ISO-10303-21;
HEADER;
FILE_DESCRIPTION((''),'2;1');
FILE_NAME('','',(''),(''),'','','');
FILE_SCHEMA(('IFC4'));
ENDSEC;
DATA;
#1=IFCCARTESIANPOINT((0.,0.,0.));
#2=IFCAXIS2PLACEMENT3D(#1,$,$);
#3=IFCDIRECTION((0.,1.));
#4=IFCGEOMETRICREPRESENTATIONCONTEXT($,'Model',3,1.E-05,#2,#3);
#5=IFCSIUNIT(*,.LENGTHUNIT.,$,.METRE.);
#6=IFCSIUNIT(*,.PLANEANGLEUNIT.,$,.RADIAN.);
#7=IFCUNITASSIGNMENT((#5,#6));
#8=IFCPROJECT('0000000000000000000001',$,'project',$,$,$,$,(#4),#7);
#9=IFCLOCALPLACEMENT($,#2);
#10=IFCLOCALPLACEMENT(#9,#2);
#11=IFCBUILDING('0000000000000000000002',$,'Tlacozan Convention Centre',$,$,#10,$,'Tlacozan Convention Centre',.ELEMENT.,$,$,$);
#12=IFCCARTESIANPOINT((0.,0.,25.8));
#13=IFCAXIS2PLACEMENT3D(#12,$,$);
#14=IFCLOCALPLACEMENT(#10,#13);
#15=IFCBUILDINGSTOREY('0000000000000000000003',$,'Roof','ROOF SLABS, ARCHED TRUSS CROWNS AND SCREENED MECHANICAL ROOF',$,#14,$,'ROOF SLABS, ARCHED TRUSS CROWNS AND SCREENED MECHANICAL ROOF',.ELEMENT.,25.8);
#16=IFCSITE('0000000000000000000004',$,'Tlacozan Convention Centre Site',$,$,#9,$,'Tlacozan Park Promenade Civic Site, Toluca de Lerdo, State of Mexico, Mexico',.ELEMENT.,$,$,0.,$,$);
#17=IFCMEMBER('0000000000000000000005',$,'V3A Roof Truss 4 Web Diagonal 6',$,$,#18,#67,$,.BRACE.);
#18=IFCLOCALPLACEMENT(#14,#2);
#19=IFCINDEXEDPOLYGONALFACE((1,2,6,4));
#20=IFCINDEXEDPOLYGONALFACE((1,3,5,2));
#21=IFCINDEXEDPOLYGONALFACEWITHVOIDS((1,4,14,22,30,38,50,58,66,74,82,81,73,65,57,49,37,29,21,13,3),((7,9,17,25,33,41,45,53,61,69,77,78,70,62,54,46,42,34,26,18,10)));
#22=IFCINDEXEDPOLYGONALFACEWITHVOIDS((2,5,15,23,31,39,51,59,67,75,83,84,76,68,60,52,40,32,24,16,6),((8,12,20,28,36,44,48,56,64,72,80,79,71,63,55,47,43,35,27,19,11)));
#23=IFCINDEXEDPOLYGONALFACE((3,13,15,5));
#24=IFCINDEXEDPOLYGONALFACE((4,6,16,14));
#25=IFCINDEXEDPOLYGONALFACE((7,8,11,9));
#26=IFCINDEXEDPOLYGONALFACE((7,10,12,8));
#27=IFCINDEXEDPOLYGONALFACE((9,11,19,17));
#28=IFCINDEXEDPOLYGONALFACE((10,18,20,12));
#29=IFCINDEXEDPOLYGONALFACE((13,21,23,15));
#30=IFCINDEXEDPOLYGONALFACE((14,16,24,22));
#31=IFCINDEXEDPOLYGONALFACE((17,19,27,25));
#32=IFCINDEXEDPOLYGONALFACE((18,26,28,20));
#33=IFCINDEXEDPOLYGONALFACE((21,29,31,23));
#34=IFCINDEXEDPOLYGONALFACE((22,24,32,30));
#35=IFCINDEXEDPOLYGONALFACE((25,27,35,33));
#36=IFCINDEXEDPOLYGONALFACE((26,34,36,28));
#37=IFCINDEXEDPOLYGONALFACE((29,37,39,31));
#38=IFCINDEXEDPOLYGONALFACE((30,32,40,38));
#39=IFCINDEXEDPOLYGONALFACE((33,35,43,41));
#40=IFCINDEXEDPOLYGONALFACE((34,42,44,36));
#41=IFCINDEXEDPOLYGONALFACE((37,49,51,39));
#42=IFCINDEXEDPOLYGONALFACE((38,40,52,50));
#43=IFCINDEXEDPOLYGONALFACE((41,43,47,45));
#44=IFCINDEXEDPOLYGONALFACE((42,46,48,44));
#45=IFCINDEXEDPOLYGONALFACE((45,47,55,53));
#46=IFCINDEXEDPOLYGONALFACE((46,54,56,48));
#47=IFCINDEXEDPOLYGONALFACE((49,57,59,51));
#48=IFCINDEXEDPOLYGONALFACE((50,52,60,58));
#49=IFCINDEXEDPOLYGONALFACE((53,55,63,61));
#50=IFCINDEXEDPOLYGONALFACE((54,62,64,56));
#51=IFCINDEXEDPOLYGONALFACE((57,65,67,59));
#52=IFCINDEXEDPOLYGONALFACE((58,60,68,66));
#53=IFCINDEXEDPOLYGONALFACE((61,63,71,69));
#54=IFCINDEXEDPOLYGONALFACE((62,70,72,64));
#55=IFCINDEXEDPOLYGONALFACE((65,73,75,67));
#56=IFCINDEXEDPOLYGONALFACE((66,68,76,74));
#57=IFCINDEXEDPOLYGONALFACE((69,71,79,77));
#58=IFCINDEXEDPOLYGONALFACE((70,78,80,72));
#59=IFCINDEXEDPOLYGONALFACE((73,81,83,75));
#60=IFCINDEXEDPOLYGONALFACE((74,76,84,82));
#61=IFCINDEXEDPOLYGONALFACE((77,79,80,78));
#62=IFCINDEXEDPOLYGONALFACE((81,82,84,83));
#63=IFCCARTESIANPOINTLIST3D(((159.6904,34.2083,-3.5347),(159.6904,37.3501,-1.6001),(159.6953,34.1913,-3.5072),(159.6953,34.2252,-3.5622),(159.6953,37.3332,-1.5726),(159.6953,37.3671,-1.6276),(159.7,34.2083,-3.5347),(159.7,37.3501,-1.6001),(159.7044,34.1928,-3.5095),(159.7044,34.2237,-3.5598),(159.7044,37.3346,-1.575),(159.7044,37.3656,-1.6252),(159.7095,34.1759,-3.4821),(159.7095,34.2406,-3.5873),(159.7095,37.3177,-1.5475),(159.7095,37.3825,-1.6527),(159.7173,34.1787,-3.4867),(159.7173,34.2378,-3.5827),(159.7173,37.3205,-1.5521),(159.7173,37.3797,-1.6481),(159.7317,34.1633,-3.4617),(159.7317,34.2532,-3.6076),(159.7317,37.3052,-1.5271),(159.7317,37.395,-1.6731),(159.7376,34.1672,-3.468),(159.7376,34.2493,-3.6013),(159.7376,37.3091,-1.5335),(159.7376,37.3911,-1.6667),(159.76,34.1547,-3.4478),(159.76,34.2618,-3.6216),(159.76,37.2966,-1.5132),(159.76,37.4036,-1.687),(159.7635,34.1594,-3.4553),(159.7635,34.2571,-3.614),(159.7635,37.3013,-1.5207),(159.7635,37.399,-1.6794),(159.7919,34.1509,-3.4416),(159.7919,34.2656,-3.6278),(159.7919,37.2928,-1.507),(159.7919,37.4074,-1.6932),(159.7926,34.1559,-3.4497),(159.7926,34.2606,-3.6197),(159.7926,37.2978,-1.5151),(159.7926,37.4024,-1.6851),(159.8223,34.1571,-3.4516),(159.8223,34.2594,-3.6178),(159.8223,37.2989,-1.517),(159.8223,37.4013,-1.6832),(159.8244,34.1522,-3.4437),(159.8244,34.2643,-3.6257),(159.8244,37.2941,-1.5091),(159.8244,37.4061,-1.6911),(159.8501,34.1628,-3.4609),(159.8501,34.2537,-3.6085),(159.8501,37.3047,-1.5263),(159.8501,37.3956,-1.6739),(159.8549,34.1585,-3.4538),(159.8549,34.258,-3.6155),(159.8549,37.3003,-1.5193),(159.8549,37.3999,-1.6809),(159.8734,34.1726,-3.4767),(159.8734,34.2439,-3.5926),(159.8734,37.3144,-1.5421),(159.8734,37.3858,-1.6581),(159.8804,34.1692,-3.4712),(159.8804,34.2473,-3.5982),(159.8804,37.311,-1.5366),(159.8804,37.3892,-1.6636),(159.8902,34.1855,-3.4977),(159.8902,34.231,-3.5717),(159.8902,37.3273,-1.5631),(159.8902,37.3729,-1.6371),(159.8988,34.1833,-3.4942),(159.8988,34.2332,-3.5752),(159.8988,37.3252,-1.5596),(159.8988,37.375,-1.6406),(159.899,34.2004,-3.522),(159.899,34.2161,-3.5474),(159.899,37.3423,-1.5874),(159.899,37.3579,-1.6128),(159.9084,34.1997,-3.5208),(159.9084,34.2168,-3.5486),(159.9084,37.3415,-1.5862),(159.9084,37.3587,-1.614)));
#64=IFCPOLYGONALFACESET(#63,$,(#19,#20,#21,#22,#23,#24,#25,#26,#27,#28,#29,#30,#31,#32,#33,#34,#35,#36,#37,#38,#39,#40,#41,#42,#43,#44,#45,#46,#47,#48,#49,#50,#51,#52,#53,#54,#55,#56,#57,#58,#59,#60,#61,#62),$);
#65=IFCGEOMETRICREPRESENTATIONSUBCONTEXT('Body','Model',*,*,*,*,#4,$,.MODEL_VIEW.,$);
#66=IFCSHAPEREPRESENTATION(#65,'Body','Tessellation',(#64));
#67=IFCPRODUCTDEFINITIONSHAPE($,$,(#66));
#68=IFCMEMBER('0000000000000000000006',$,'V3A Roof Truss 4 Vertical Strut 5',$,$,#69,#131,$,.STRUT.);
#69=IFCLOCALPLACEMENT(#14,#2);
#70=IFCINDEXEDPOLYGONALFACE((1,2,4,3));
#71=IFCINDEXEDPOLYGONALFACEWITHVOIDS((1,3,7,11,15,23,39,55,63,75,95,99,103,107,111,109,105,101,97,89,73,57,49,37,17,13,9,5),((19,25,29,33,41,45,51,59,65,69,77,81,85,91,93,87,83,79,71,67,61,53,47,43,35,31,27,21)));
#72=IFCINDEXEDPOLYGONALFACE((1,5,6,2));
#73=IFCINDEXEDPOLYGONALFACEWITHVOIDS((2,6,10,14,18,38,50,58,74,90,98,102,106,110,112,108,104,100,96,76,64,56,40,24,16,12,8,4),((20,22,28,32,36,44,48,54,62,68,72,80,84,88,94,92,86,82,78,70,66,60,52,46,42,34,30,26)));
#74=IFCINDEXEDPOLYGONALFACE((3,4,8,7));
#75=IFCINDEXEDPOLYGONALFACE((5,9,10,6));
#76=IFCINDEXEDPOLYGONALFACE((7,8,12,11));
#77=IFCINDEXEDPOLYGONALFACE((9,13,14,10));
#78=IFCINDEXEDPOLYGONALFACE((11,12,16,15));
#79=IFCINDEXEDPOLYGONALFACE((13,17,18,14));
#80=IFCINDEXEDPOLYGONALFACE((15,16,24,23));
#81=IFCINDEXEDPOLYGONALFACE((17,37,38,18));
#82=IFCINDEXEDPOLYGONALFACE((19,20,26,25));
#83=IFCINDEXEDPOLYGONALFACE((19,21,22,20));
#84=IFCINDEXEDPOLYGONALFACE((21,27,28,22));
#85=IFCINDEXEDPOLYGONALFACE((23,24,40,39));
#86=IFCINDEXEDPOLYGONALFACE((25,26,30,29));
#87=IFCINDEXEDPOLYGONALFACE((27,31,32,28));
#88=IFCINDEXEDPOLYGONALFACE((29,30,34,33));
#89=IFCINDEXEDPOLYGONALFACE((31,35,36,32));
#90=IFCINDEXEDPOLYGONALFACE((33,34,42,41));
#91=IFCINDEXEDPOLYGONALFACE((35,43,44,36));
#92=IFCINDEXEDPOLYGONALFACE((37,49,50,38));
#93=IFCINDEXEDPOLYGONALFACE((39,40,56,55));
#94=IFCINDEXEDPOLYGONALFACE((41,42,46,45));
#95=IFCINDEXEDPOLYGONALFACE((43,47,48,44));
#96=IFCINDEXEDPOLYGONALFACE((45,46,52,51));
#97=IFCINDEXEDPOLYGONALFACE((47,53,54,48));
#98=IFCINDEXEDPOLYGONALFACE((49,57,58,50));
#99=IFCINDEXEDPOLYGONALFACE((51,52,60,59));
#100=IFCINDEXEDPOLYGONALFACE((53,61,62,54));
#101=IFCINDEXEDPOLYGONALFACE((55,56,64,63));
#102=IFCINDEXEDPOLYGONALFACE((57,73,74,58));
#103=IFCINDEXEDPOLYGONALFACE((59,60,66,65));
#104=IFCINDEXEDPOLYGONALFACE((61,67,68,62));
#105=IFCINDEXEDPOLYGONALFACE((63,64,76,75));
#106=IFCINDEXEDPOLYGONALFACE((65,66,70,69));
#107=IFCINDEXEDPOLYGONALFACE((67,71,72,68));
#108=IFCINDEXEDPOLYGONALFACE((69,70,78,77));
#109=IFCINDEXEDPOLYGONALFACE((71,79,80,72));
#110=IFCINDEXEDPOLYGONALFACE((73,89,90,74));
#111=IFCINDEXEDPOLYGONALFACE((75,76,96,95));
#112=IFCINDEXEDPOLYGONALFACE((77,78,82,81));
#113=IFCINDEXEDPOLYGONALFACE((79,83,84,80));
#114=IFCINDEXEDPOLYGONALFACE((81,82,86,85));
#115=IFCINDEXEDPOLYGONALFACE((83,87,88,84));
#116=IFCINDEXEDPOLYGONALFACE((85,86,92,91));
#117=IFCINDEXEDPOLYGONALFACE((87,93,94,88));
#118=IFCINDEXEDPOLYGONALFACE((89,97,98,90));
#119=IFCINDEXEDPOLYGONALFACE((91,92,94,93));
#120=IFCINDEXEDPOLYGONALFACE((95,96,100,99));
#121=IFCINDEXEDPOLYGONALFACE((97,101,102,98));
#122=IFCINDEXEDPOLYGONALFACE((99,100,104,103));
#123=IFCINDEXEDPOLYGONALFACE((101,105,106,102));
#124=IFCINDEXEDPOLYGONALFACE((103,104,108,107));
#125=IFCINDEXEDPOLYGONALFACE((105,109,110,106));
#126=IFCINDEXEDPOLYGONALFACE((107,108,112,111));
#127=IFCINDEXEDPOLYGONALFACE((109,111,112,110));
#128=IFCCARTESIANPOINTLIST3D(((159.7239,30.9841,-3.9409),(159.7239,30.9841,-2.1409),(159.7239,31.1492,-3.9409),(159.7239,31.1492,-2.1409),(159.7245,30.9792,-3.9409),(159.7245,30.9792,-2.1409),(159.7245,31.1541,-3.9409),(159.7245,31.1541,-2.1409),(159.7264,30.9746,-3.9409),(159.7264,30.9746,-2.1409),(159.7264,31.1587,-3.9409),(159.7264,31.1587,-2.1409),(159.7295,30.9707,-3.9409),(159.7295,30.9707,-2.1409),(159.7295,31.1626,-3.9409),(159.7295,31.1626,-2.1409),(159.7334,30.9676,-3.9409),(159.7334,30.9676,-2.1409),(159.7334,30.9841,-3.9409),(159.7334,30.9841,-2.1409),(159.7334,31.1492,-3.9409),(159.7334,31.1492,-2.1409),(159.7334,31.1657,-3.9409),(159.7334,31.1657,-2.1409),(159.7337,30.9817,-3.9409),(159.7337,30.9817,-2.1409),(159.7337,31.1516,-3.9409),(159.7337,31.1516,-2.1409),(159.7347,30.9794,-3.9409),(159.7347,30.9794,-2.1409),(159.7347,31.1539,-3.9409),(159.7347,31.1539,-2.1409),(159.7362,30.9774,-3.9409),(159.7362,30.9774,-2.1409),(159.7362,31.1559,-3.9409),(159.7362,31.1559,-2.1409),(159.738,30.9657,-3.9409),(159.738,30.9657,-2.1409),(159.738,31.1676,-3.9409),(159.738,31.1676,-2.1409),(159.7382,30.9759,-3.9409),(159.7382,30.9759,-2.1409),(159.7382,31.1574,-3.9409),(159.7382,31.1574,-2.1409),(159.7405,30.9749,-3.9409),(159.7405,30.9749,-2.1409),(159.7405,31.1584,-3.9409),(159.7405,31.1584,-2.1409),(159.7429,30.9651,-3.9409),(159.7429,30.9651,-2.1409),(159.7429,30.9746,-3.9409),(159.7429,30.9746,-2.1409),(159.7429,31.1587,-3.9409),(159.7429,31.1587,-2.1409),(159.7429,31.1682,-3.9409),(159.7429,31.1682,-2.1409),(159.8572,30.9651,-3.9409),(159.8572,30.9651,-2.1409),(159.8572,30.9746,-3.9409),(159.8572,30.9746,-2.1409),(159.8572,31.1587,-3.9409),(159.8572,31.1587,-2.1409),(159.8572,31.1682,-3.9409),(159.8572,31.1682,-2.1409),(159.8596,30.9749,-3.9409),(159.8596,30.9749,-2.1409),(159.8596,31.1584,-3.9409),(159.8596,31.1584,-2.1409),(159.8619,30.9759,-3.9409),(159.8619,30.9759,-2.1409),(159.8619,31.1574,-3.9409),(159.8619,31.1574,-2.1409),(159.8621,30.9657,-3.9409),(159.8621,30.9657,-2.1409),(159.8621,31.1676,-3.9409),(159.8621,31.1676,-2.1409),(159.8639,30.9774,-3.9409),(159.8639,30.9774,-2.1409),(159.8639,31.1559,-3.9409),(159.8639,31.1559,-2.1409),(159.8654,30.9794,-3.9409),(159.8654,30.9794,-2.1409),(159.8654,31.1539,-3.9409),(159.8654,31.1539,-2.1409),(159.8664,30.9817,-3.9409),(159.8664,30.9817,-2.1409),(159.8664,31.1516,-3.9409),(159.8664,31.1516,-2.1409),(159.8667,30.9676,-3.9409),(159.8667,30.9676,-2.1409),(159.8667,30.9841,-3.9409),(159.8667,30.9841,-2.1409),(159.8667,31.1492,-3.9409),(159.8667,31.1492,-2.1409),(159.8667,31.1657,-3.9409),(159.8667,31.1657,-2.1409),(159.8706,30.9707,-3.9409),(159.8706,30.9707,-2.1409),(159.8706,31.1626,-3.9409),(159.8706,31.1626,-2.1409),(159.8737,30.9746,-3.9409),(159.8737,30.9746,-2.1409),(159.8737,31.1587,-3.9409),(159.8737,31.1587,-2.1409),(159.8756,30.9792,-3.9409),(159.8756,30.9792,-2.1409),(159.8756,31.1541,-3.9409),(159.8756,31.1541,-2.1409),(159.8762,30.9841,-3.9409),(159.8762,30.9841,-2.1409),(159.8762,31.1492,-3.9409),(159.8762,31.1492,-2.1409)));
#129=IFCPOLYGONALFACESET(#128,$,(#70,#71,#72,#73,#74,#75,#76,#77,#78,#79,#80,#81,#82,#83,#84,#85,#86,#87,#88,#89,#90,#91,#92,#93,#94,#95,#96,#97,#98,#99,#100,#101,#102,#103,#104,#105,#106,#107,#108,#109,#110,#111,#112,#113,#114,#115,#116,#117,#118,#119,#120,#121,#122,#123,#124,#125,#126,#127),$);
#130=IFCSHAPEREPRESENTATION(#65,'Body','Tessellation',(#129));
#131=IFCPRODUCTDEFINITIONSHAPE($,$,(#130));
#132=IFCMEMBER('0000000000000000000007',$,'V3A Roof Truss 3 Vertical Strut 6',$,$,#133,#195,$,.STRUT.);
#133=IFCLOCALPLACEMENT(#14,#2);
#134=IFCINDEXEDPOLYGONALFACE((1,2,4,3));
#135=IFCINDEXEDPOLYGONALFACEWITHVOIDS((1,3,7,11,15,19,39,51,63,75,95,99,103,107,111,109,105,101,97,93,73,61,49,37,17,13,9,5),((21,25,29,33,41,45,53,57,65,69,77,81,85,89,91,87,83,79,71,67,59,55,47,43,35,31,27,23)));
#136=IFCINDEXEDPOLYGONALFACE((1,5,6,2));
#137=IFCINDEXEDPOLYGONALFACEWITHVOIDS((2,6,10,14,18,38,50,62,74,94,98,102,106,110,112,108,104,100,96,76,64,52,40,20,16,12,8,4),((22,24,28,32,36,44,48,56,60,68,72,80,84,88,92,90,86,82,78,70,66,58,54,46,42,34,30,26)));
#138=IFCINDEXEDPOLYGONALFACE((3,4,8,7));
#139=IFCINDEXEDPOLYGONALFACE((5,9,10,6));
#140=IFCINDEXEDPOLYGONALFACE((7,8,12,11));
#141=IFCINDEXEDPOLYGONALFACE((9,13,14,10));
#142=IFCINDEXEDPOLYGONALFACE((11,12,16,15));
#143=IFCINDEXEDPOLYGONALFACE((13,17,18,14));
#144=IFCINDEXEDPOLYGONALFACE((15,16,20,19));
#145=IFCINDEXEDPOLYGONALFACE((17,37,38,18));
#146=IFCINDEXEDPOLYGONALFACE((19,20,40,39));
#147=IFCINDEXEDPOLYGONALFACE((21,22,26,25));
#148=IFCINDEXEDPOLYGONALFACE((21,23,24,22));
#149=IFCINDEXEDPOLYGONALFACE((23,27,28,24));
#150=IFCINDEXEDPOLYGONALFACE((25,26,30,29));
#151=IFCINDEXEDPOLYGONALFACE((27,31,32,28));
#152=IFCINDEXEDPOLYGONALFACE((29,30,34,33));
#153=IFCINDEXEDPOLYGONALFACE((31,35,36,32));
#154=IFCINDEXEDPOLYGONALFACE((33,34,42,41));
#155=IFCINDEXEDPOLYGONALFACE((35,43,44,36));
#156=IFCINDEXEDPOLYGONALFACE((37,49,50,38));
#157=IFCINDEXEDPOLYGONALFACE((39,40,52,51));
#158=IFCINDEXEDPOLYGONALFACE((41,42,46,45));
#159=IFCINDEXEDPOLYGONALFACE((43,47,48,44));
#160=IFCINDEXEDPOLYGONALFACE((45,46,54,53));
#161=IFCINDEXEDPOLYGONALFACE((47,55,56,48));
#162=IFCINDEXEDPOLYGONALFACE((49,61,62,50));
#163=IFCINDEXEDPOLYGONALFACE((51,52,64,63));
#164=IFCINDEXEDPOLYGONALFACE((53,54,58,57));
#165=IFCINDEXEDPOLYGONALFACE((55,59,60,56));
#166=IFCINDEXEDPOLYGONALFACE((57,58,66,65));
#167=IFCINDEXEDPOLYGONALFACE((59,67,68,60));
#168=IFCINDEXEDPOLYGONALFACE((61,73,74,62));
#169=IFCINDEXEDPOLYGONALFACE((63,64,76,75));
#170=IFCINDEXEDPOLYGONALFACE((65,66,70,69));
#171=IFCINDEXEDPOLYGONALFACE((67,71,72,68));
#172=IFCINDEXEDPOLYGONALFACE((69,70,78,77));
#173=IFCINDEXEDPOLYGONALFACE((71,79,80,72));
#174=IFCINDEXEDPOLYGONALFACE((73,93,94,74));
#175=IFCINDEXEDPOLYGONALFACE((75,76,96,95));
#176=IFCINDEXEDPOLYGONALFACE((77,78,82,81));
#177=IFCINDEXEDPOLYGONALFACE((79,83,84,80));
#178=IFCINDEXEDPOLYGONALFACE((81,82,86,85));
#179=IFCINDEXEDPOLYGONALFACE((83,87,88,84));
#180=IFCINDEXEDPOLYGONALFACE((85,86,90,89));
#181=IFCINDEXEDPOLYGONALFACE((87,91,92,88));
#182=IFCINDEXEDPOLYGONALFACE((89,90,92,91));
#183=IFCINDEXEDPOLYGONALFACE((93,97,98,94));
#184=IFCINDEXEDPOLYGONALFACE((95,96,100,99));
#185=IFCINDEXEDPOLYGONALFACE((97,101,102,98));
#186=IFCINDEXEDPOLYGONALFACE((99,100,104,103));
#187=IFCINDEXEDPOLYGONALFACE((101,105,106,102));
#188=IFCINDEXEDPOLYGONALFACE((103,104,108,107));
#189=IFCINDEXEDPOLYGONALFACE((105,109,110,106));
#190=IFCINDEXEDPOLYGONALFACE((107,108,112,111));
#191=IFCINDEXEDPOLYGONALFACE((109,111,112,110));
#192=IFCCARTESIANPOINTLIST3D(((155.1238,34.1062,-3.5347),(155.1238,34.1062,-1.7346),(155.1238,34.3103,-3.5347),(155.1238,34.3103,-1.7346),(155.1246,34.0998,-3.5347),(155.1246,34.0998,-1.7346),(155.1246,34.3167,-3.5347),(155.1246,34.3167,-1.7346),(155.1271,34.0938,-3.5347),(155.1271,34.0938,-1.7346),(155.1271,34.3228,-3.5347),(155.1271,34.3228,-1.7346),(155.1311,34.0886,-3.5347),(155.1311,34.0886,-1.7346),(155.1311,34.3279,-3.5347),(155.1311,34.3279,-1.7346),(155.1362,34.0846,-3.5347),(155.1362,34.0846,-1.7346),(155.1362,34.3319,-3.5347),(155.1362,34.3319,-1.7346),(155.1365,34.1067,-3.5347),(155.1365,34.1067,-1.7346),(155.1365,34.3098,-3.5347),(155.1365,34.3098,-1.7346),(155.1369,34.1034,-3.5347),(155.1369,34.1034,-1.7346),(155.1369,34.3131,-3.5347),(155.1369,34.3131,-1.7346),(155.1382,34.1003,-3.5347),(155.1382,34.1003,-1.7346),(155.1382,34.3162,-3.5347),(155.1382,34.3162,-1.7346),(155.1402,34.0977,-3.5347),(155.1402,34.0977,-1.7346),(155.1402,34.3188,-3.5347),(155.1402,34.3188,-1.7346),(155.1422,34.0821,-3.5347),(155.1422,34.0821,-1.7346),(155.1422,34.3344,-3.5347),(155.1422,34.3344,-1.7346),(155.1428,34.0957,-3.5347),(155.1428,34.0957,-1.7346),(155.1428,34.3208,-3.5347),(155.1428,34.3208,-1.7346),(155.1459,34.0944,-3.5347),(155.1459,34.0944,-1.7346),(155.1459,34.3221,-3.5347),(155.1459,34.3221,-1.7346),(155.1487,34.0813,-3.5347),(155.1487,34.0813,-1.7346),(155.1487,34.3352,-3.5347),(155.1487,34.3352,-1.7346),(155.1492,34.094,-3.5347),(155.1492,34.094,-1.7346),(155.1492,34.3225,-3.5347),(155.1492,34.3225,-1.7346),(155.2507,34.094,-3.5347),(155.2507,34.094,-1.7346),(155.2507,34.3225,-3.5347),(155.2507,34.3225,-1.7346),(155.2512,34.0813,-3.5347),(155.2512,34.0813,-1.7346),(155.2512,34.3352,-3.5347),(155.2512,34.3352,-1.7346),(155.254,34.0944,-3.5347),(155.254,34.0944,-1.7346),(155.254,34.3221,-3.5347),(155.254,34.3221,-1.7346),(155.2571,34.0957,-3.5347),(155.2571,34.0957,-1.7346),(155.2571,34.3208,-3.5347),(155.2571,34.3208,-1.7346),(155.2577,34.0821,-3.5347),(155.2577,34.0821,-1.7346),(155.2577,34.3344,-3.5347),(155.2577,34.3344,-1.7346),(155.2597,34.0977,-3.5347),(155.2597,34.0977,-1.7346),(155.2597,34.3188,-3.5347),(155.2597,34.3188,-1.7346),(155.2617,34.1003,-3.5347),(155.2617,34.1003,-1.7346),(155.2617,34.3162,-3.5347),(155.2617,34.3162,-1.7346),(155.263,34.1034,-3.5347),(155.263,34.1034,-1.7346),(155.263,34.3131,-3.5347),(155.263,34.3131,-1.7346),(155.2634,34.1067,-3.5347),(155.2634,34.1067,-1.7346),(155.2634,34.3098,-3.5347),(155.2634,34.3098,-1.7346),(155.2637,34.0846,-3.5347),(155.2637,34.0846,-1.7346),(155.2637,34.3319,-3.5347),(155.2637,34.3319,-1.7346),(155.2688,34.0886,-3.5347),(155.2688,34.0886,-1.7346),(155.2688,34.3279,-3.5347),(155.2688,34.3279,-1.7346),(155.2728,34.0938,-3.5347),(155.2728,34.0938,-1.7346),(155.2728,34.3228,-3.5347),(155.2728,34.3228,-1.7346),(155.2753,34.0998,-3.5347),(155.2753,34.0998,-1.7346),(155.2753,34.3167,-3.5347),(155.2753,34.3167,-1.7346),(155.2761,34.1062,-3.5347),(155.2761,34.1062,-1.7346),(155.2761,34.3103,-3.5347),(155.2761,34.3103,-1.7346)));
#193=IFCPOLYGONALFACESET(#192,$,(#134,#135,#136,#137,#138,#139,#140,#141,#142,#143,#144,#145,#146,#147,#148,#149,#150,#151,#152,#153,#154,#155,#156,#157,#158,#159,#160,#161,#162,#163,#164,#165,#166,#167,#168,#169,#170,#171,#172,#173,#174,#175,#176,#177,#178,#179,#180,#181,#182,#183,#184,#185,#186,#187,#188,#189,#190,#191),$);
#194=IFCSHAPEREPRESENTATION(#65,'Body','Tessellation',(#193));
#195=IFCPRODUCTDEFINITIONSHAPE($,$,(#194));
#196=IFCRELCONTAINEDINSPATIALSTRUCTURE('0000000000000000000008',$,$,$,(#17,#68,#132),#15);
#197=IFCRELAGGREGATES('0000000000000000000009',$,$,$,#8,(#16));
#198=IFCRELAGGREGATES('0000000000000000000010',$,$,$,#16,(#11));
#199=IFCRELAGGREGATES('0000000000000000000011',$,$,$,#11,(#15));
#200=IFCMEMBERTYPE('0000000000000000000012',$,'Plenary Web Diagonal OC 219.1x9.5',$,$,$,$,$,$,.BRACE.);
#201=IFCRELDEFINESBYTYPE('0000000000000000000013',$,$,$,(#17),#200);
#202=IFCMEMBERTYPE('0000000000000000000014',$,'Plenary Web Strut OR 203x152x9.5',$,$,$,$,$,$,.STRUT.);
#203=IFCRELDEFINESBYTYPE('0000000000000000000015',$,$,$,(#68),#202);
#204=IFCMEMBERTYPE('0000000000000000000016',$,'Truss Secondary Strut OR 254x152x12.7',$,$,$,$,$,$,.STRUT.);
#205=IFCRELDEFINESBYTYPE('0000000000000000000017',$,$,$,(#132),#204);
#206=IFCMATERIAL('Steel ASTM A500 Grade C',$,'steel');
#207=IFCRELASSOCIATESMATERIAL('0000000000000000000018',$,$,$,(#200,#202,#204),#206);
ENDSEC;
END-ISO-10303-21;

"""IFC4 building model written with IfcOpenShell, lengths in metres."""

from ifc_helpers import new_model, si_unit, direction, frame, origin, origin_2d, place, context, subcontext, project, spatial, hollow_rectangle, hollow_circle, extrude, material, material_profile, profile_set, type_object, element, save


model = new_model("IFC4")

# Units and contexts
model_context = context("Model", 3, precision=1e-05, world=origin(), true_north=direction((0.0, 1.0)))
body_context = subcontext(model_context, "Body", "Model", "MODEL_VIEW")
ifc_project = project(units=[si_unit("LENGTHUNIT", "METRE"), si_unit("PLANEANGLEUNIT", "RADIAN")], contexts=[model_context])

# Site, building, storey
site_placement = place(None, origin())
site = spatial("IfcSite", under=ifc_project, at=site_placement, Name="Tlacozan Convention Centre Site", LongName="Tlacozan Park Promenade Civic Site, Toluca de Lerdo, State of Mexico, Mexico", CompositionType="ELEMENT", RefElevation=0.0)
building_placement = place(site_placement, origin())
building = spatial("IfcBuilding", under=site, at=building_placement, Name="Tlacozan Convention Centre", LongName="Tlacozan Convention Centre", CompositionType="ELEMENT")
storey_placement = place(building_placement, frame((0.0, 0.0, 25.8)))
storey = spatial("IfcBuildingStorey", under=building, at=storey_placement, Name="Roof", Description="ROOF SLABS, ARCHED TRUSS CROWNS AND SCREENED MECHANICAL ROOF", LongName="ROOF SLABS, ARCHED TRUSS CROWNS AND SCREENED MECHANICAL ROOF", CompositionType="ELEMENT", Elevation=25.8)

# Members
ifc_material_1 = material(Name="Steel ASTM A500 Grade C", Category="steel")
ifc_material_profile_1 = material_profile(ifc_material_1, hollow_circle(Radius=0.1096, WallThickness=0.0095, at=origin_2d()), Name="OC 219.1x9.5")
ifc_profile_set_1 = profile_set([ifc_material_profile_1], Name="Steel ASTM A500 Grade C")
member_type_1 = type_object("IfcMemberType", Name="Plenary Web Diagonal OC 219.1x9.5", PredefinedType="BRACE", material=ifc_profile_set_1)
member_1_placement = place(storey_placement, frame((159.8, 34.2083, -3.5347), z_axis=(0.0, 0.851522, 0.524319), x_axis=(-1.0, 0.0, 0.0)))
element("IfcMember", 1, at=member_1_placement, inside=storey, type_object=member_type_1, Name="V3A Roof Truss 4 Web Diagonal 6", PredefinedType="BRACE", context=body_context, shape_type="SweptSolid", body=[
    extrude(hollow_circle(Radius=0.1096, WallThickness=0.0095, at=origin_2d()), origin(), (0.0, 0.0, 1.0), 3.6897),
])
ifc_material_profile_2 = material_profile(ifc_material_1, hollow_rectangle(XDim=0.1523, YDim=0.2031, WallThickness=0.0095, InnerFilletRadius=0.0095, OuterFilletRadius=0.019, at=origin_2d()), Name="OR 203x152x9.5")
ifc_profile_set_2 = profile_set([ifc_material_profile_2], Name="Steel ASTM A500 Grade C")
member_type_2 = type_object("IfcMemberType", Name="Plenary Web Strut OR 203x152x9.5", PredefinedType="STRUT", material=ifc_profile_set_2)
member_2_placement = place(storey_placement, frame((159.8, 31.0667, -3.9409), z_axis=(0.0, 0.0, 1.0), x_axis=(1.0, 0.0, 0.0)))
element("IfcMember", 2, at=member_2_placement, inside=storey, type_object=member_type_2, Name="V3A Roof Truss 4 Vertical Strut 5", PredefinedType="STRUT", context=body_context, shape_type="SweptSolid", body=[
    extrude(hollow_rectangle(XDim=0.1523, YDim=0.2031, WallThickness=0.0095, InnerFilletRadius=0.0095, OuterFilletRadius=0.019, at=origin_2d()), origin(), (0.0, 0.0, 1.0), 1.8),
])
ifc_material_profile_3 = material_profile(ifc_material_1, hollow_rectangle(XDim=0.1523, YDim=0.2539, WallThickness=0.0127, InnerFilletRadius=0.0127, OuterFilletRadius=0.0249, at=origin_2d()), Name="OR 254x152x12.7")
ifc_profile_set_3 = profile_set([ifc_material_profile_3], Name="Steel ASTM A500 Grade C")
member_type_3 = type_object("IfcMemberType", Name="Truss Secondary Strut OR 254x152x12.7", PredefinedType="STRUT", material=ifc_profile_set_3)
for number, where, z_axis, x_axis, name in (
    (3, (155.2, 34.2083, -3.5347), (0.0, 0.0, 1.0), (1.0, 0.0, 0.0), "V3A Roof Truss 3 Vertical Strut 6"),
):
    element("IfcMember", number, at=place(storey_placement, frame(where, z_axis=z_axis, x_axis=x_axis)), inside=storey, type_object=member_type_3, Name=name, PredefinedType="STRUT", context=body_context, shape_type="SweptSolid", body=[
        extrude(hollow_rectangle(XDim=0.1523, YDim=0.2539, WallThickness=0.0127, InnerFilletRadius=0.0127, OuterFilletRadius=0.0249, at=origin_2d()), origin(), (0.0, 0.0, 1.0), 1.8),
    ])

save(model, "model.ifc")
